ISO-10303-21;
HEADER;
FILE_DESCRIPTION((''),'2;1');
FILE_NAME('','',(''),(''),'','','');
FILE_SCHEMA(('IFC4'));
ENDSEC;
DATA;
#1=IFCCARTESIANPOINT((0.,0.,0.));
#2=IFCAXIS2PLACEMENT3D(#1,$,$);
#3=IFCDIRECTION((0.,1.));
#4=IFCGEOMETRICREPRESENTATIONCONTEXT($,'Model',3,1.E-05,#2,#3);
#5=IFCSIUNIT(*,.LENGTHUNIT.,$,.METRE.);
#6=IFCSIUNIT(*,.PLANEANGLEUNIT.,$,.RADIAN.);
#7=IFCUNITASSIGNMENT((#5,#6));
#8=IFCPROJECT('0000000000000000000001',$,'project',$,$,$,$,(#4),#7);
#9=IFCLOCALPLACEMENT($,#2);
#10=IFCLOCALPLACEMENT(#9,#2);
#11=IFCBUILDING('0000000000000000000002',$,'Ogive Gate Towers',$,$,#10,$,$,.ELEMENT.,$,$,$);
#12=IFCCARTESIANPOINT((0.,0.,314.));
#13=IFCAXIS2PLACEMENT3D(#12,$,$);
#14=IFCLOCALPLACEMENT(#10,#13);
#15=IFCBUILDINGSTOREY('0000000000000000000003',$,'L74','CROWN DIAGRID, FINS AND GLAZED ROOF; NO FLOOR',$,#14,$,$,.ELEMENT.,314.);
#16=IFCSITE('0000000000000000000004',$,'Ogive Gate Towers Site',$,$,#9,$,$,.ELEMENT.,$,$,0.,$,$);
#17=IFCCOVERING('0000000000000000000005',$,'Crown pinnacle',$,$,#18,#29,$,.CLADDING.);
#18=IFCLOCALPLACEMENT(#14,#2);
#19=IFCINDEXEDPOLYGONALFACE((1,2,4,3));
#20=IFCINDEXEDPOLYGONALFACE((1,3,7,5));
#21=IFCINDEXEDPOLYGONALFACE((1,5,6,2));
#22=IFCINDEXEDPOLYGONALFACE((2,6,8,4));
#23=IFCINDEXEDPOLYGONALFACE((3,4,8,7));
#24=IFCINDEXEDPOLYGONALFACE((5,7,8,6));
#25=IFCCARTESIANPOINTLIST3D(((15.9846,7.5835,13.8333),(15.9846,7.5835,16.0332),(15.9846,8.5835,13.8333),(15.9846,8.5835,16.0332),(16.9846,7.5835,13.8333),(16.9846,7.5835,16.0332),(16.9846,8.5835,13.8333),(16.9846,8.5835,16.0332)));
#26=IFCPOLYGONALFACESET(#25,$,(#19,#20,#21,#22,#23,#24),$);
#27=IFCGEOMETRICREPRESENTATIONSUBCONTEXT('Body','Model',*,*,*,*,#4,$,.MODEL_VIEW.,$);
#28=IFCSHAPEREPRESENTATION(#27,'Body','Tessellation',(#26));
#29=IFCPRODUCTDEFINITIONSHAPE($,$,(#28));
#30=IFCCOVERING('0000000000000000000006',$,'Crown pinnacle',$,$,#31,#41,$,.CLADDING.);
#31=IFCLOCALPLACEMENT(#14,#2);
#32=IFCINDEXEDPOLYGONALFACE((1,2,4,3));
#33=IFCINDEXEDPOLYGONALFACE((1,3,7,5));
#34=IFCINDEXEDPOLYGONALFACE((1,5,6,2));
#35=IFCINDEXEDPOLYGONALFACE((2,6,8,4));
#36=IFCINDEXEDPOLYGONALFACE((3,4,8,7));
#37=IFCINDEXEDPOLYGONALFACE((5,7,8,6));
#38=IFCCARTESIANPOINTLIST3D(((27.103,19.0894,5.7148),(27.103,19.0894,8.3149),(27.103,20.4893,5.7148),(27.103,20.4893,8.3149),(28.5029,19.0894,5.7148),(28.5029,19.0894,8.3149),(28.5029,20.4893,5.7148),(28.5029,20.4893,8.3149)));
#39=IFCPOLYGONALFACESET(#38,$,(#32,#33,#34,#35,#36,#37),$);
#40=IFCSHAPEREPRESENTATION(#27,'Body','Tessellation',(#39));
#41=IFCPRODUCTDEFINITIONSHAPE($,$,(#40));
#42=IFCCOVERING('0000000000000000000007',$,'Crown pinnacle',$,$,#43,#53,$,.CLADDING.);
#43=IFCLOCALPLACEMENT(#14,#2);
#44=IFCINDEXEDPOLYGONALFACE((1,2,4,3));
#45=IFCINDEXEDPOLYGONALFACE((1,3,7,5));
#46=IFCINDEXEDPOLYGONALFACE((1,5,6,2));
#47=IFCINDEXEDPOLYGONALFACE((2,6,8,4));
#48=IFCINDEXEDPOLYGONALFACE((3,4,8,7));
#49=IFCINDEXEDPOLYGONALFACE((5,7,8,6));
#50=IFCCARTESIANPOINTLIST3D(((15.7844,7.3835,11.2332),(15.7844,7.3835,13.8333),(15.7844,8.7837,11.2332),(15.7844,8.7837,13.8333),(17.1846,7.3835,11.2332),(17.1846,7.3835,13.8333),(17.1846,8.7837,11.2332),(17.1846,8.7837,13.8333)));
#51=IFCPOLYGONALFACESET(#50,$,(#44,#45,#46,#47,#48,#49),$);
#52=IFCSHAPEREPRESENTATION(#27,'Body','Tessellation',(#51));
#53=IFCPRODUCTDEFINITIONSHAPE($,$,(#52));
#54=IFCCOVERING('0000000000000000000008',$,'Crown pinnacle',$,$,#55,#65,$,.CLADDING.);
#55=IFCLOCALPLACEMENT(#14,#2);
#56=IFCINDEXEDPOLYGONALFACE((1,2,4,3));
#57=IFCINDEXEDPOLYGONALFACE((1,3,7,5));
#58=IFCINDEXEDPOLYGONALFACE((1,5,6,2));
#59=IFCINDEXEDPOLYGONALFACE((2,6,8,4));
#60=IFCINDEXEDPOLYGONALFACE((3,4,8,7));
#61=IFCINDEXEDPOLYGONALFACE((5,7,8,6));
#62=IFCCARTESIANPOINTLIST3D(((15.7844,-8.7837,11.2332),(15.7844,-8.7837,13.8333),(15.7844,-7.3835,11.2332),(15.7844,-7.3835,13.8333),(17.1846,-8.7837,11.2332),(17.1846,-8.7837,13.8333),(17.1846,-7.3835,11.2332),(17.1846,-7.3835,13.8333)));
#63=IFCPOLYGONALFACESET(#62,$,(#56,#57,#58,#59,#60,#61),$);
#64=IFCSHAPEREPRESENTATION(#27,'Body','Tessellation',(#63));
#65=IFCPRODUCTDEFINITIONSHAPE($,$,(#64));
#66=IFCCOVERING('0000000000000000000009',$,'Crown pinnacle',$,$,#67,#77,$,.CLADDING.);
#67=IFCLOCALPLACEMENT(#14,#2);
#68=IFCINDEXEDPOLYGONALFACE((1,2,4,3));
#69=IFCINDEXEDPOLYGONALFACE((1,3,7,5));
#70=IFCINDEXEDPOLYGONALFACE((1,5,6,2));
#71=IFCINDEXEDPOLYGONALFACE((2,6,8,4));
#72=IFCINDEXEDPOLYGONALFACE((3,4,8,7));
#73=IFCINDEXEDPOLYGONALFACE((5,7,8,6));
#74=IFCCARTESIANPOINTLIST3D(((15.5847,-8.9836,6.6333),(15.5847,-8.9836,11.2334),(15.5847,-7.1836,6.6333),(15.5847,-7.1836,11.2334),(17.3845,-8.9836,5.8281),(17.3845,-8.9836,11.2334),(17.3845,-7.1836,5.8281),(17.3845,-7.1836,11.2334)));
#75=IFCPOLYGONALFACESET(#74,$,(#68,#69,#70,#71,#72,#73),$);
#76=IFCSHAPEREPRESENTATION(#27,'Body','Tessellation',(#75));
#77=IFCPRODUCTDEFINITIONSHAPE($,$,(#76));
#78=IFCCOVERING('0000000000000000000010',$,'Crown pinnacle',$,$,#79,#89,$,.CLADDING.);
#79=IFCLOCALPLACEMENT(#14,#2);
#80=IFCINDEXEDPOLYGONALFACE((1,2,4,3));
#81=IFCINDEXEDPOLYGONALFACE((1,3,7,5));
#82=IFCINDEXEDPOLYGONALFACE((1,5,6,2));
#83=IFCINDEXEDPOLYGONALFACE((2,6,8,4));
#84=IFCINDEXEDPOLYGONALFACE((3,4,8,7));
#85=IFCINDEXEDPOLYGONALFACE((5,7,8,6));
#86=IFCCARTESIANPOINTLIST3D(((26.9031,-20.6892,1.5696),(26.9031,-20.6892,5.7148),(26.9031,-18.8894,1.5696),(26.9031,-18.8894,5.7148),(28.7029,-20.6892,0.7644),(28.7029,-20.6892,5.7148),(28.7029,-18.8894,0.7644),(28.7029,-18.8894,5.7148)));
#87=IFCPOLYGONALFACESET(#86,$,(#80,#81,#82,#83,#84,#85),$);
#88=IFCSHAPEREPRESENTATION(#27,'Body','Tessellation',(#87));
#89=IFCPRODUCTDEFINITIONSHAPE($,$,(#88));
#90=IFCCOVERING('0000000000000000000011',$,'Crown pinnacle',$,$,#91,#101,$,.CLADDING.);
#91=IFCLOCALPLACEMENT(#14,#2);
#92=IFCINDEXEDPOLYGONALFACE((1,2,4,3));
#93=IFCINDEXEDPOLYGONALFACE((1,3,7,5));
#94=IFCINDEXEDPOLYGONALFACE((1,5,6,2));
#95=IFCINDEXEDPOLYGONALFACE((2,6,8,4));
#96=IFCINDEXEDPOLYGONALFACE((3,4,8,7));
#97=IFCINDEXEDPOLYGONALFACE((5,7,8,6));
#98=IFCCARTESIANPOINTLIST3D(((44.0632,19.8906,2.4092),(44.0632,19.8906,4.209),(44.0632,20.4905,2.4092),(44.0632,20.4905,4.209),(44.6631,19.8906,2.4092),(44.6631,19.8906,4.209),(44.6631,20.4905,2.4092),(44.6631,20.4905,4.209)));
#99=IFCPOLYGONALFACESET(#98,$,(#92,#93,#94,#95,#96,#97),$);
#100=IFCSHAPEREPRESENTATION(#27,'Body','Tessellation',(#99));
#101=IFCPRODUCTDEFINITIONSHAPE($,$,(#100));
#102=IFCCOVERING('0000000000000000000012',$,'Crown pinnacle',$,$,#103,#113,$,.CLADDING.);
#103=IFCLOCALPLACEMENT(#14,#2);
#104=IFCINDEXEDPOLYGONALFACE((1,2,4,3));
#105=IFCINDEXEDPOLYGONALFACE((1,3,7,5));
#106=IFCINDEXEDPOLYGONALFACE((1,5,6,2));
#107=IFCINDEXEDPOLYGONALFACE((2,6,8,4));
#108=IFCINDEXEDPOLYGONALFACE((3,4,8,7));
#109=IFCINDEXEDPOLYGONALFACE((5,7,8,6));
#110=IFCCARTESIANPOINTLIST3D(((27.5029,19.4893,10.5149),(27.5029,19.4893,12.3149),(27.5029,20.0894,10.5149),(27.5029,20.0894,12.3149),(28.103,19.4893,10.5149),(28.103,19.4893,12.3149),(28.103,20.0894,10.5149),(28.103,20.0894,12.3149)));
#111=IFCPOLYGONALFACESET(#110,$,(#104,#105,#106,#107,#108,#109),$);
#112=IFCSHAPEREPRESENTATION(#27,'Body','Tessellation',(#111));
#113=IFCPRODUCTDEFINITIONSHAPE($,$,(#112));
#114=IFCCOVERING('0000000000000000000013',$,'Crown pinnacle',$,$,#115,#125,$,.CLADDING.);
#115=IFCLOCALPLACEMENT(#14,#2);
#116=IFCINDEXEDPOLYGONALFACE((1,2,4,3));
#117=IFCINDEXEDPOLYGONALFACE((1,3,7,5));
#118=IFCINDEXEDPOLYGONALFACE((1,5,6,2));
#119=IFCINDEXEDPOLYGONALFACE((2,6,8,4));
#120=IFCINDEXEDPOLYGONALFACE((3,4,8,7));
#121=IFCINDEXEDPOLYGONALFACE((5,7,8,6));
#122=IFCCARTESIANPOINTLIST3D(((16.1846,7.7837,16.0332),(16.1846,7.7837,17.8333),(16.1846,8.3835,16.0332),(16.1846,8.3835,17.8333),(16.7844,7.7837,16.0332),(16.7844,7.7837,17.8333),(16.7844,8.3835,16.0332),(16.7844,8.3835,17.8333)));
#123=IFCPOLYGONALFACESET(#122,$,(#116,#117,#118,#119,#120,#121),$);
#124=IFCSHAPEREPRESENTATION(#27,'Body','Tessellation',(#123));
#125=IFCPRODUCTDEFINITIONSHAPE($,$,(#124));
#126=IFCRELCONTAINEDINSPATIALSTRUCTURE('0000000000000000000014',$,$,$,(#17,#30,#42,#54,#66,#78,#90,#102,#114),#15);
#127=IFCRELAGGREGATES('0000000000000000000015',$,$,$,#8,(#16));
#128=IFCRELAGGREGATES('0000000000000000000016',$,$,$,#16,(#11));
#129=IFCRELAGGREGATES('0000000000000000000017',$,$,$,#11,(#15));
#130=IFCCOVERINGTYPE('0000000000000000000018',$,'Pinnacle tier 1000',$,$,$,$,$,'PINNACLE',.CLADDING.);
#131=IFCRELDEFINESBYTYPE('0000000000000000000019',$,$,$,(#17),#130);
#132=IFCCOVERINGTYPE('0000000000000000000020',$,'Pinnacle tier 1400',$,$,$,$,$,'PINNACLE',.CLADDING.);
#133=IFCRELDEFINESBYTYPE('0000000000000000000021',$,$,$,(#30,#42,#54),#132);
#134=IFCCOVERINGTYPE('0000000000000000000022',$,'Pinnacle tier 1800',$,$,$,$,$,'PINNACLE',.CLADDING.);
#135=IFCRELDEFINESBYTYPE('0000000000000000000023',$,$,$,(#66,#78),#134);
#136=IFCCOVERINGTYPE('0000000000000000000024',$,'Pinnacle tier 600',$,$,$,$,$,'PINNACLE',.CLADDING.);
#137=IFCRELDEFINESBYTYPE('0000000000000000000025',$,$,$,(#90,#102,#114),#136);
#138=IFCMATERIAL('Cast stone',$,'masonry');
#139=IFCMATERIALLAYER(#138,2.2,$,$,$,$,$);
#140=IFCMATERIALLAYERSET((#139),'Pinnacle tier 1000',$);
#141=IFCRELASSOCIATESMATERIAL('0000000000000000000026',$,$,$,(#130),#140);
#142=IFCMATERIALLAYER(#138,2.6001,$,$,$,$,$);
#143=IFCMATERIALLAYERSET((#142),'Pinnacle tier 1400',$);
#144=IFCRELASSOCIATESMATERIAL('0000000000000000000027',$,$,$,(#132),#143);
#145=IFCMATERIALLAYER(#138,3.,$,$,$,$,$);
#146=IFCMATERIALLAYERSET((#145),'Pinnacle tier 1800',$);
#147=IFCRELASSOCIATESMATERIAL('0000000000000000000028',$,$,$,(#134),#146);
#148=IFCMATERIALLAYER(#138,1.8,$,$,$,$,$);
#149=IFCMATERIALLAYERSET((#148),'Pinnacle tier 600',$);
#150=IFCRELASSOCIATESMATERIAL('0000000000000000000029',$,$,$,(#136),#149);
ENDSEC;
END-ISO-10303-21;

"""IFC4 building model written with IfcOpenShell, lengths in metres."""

from ifc_helpers import new_model, si_unit, direction, frame, origin, place, context, subcontext, project, spatial, polyline, outline, extrude, material, layer, layer_set, type_object, element, save


model = new_model("IFC4")

# Units and contexts
model_context = context("Model", 3, precision=1e-05, world=origin(), true_north=direction((0.0, 1.0)))
body_context = subcontext(model_context, "Body", "Model", "MODEL_VIEW")
ifc_project = project(units=[si_unit("LENGTHUNIT", "METRE"), si_unit("PLANEANGLEUNIT", "RADIAN")], contexts=[model_context])

# Site, building, storey
site_placement = place(None, origin())
site = spatial("IfcSite", under=ifc_project, at=site_placement, Name="Ogive Gate Towers Site", CompositionType="ELEMENT", RefElevation=0.0)
building_placement = place(site_placement, origin())
building = spatial("IfcBuilding", under=site, at=building_placement, Name="Ogive Gate Towers", CompositionType="ELEMENT")
storey_placement = place(building_placement, frame((0.0, 0.0, 314.0)))
storey = spatial("IfcBuildingStorey", under=building, at=storey_placement, Name="L74", Description="CROWN DIAGRID, FINS AND GLAZED ROOF; NO FLOOR", CompositionType="ELEMENT", Elevation=314.0)

# Coverings
ifc_material_1 = material(Name="Cast stone", Category="masonry")
ifc_layer_1 = layer(ifc_material_1, 2.2)
ifc_layer_set_1 = layer_set([ifc_layer_1], Name="Pinnacle tier 1000")
covering_type_1 = type_object("IfcCoveringType", Name="Pinnacle tier 1000", ElementType="PINNACLE", PredefinedType="CLADDING", material=ifc_layer_set_1)
covering_1_placement = place(storey_placement, frame((0.0, 0.0, 13.8333)))
element("IfcCovering", 1, at=covering_1_placement, inside=storey, type_object=covering_type_1, Name="Crown pinnacle", PredefinedType="CLADDING", context=body_context, shape_type="SweptSolid", body=[
    extrude(outline(polyline([(16.9846, 8.5835), (15.9846, 8.5835), (15.9846, 7.5835), (16.9846, 7.5835), (16.9846, 8.5835)])), origin(), (0.0, 0.0, 1.0), 2.2),
])
ifc_layer_2 = layer(ifc_material_1, 2.6001)
ifc_layer_set_2 = layer_set([ifc_layer_2], Name="Pinnacle tier 1400")
covering_type_2 = type_object("IfcCoveringType", Name="Pinnacle tier 1400", ElementType="PINNACLE", PredefinedType="CLADDING", material=ifc_layer_set_2)
covering_2_placement = place(storey_placement, frame((0.0, 0.0, 5.7148)))
element("IfcCovering", 2, at=covering_2_placement, inside=storey, type_object=covering_type_2, Name="Crown pinnacle", PredefinedType="CLADDING", context=body_context, shape_type="SweptSolid", body=[
    extrude(outline(polyline([(28.5029, 20.4893), (27.103, 20.4893), (27.103, 19.0894), (28.5029, 19.0894), (28.5029, 20.4893)])), origin(), (0.0, 0.0, 1.0), 2.6001),
])
covering_3_placement = place(storey_placement, frame((0.0, 0.0, 11.2332)))
element("IfcCovering", 3, at=covering_3_placement, inside=storey, type_object=covering_type_2, Name="Crown pinnacle", PredefinedType="CLADDING", context=body_context, shape_type="SweptSolid", body=[
    extrude(outline(polyline([(17.1846, 8.7837), (15.7844, 8.7837), (15.7844, 7.3835), (17.1846, 7.3835), (17.1846, 8.7837)])), origin(), (0.0, 0.0, 1.0), 2.6001),
])
covering_4_placement = place(storey_placement, frame((0.0, 0.0, 11.2332)))
element("IfcCovering", 4, at=covering_4_placement, inside=storey, type_object=covering_type_2, Name="Crown pinnacle", PredefinedType="CLADDING", context=body_context, shape_type="SweptSolid", body=[
    extrude(outline(polyline([(17.1846, -7.3835), (15.7844, -7.3835), (15.7844, -8.7837), (17.1846, -8.7837), (17.1846, -7.3835)])), origin(), (0.0, 0.0, 1.0), 2.6001),
])
ifc_layer_3 = layer(ifc_material_1, 3.0)
ifc_layer_set_3 = layer_set([ifc_layer_3], Name="Pinnacle tier 1800")
covering_type_3 = type_object("IfcCoveringType", Name="Pinnacle tier 1800", ElementType="PINNACLE", PredefinedType="CLADDING", material=ifc_layer_set_3)
covering_5_placement = place(storey_placement, frame((16.4846, -7.1836, 6.2307), z_axis=(0.0, -1.0, 0.0), x_axis=(1.0, 0.0, 0.0)))
element("IfcCovering", 5, at=covering_5_placement, inside=storey, type_object=covering_type_3, Name="Crown pinnacle", PredefinedType="CLADDING", context=body_context, shape_type="SweptSolid", body=[
    extrude(outline(polyline([(0.8999, -0.4026), (-0.8999, 0.4026), (-0.8999, 5.0027), (0.8999, 5.0027), (0.8999, -0.4026)])), origin(), (0.0, 0.0, 1.0), 1.8),
])
covering_6_placement = place(storey_placement, frame((27.803, -18.8894, 1.167), z_axis=(0.0, -1.0, 0.0), x_axis=(1.0, 0.0, 0.0)))
element("IfcCovering", 6, at=covering_6_placement, inside=storey, type_object=covering_type_3, Name="Crown pinnacle", PredefinedType="CLADDING", context=body_context, shape_type="SweptSolid", body=[
    extrude(outline(polyline([(0.8999, -0.4026), (-0.8999, 0.4026), (-0.8999, 4.5479), (0.8999, 4.5479), (0.8999, -0.4026)])), origin(), (0.0, 0.0, 1.0), 1.7998),
])
ifc_layer_4 = layer(ifc_material_1, 1.8)
ifc_layer_set_4 = layer_set([ifc_layer_4], Name="Pinnacle tier 600")
covering_type_4 = type_object("IfcCoveringType", Name="Pinnacle tier 600", ElementType="PINNACLE", PredefinedType="CLADDING", material=ifc_layer_set_4)
covering_7_placement = place(storey_placement, frame((0.0, 0.0, 2.4092)))
element("IfcCovering", 7, at=covering_7_placement, inside=storey, type_object=covering_type_4, Name="Crown pinnacle", PredefinedType="CLADDING", context=body_context, shape_type="SweptSolid", body=[
    extrude(outline(polyline([(44.6631, 20.4905), (44.0632, 20.4905), (44.0632, 19.8906), (44.6631, 19.8906), (44.6631, 20.4905)])), origin(), (0.0, 0.0, 1.0), 1.7998),
])
covering_8_placement = place(storey_placement, frame((0.0, 0.0, 10.5149)))
element("IfcCovering", 8, at=covering_8_placement, inside=storey, type_object=covering_type_4, Name="Crown pinnacle", PredefinedType="CLADDING", context=body_context, shape_type="SweptSolid", body=[
    extrude(outline(polyline([(28.103, 20.0894), (27.5029, 20.0894), (27.5029, 19.4893), (28.103, 19.4893), (28.103, 20.0894)])), origin(), (0.0, 0.0, 1.0), 1.8),
])
covering_9_placement = place(storey_placement, frame((0.0, 0.0, 16.0332)))
element("IfcCovering", 9, at=covering_9_placement, inside=storey, type_object=covering_type_4, Name="Crown pinnacle", PredefinedType="CLADDING", context=body_context, shape_type="SweptSolid", body=[
    extrude(outline(polyline([(16.7844, 8.3835), (16.1846, 8.3835), (16.1846, 7.7837), (16.7844, 7.7837), (16.7844, 8.3835)])), origin(), (0.0, 0.0, 1.0), 1.8),
])

save(model, "model.ifc")
